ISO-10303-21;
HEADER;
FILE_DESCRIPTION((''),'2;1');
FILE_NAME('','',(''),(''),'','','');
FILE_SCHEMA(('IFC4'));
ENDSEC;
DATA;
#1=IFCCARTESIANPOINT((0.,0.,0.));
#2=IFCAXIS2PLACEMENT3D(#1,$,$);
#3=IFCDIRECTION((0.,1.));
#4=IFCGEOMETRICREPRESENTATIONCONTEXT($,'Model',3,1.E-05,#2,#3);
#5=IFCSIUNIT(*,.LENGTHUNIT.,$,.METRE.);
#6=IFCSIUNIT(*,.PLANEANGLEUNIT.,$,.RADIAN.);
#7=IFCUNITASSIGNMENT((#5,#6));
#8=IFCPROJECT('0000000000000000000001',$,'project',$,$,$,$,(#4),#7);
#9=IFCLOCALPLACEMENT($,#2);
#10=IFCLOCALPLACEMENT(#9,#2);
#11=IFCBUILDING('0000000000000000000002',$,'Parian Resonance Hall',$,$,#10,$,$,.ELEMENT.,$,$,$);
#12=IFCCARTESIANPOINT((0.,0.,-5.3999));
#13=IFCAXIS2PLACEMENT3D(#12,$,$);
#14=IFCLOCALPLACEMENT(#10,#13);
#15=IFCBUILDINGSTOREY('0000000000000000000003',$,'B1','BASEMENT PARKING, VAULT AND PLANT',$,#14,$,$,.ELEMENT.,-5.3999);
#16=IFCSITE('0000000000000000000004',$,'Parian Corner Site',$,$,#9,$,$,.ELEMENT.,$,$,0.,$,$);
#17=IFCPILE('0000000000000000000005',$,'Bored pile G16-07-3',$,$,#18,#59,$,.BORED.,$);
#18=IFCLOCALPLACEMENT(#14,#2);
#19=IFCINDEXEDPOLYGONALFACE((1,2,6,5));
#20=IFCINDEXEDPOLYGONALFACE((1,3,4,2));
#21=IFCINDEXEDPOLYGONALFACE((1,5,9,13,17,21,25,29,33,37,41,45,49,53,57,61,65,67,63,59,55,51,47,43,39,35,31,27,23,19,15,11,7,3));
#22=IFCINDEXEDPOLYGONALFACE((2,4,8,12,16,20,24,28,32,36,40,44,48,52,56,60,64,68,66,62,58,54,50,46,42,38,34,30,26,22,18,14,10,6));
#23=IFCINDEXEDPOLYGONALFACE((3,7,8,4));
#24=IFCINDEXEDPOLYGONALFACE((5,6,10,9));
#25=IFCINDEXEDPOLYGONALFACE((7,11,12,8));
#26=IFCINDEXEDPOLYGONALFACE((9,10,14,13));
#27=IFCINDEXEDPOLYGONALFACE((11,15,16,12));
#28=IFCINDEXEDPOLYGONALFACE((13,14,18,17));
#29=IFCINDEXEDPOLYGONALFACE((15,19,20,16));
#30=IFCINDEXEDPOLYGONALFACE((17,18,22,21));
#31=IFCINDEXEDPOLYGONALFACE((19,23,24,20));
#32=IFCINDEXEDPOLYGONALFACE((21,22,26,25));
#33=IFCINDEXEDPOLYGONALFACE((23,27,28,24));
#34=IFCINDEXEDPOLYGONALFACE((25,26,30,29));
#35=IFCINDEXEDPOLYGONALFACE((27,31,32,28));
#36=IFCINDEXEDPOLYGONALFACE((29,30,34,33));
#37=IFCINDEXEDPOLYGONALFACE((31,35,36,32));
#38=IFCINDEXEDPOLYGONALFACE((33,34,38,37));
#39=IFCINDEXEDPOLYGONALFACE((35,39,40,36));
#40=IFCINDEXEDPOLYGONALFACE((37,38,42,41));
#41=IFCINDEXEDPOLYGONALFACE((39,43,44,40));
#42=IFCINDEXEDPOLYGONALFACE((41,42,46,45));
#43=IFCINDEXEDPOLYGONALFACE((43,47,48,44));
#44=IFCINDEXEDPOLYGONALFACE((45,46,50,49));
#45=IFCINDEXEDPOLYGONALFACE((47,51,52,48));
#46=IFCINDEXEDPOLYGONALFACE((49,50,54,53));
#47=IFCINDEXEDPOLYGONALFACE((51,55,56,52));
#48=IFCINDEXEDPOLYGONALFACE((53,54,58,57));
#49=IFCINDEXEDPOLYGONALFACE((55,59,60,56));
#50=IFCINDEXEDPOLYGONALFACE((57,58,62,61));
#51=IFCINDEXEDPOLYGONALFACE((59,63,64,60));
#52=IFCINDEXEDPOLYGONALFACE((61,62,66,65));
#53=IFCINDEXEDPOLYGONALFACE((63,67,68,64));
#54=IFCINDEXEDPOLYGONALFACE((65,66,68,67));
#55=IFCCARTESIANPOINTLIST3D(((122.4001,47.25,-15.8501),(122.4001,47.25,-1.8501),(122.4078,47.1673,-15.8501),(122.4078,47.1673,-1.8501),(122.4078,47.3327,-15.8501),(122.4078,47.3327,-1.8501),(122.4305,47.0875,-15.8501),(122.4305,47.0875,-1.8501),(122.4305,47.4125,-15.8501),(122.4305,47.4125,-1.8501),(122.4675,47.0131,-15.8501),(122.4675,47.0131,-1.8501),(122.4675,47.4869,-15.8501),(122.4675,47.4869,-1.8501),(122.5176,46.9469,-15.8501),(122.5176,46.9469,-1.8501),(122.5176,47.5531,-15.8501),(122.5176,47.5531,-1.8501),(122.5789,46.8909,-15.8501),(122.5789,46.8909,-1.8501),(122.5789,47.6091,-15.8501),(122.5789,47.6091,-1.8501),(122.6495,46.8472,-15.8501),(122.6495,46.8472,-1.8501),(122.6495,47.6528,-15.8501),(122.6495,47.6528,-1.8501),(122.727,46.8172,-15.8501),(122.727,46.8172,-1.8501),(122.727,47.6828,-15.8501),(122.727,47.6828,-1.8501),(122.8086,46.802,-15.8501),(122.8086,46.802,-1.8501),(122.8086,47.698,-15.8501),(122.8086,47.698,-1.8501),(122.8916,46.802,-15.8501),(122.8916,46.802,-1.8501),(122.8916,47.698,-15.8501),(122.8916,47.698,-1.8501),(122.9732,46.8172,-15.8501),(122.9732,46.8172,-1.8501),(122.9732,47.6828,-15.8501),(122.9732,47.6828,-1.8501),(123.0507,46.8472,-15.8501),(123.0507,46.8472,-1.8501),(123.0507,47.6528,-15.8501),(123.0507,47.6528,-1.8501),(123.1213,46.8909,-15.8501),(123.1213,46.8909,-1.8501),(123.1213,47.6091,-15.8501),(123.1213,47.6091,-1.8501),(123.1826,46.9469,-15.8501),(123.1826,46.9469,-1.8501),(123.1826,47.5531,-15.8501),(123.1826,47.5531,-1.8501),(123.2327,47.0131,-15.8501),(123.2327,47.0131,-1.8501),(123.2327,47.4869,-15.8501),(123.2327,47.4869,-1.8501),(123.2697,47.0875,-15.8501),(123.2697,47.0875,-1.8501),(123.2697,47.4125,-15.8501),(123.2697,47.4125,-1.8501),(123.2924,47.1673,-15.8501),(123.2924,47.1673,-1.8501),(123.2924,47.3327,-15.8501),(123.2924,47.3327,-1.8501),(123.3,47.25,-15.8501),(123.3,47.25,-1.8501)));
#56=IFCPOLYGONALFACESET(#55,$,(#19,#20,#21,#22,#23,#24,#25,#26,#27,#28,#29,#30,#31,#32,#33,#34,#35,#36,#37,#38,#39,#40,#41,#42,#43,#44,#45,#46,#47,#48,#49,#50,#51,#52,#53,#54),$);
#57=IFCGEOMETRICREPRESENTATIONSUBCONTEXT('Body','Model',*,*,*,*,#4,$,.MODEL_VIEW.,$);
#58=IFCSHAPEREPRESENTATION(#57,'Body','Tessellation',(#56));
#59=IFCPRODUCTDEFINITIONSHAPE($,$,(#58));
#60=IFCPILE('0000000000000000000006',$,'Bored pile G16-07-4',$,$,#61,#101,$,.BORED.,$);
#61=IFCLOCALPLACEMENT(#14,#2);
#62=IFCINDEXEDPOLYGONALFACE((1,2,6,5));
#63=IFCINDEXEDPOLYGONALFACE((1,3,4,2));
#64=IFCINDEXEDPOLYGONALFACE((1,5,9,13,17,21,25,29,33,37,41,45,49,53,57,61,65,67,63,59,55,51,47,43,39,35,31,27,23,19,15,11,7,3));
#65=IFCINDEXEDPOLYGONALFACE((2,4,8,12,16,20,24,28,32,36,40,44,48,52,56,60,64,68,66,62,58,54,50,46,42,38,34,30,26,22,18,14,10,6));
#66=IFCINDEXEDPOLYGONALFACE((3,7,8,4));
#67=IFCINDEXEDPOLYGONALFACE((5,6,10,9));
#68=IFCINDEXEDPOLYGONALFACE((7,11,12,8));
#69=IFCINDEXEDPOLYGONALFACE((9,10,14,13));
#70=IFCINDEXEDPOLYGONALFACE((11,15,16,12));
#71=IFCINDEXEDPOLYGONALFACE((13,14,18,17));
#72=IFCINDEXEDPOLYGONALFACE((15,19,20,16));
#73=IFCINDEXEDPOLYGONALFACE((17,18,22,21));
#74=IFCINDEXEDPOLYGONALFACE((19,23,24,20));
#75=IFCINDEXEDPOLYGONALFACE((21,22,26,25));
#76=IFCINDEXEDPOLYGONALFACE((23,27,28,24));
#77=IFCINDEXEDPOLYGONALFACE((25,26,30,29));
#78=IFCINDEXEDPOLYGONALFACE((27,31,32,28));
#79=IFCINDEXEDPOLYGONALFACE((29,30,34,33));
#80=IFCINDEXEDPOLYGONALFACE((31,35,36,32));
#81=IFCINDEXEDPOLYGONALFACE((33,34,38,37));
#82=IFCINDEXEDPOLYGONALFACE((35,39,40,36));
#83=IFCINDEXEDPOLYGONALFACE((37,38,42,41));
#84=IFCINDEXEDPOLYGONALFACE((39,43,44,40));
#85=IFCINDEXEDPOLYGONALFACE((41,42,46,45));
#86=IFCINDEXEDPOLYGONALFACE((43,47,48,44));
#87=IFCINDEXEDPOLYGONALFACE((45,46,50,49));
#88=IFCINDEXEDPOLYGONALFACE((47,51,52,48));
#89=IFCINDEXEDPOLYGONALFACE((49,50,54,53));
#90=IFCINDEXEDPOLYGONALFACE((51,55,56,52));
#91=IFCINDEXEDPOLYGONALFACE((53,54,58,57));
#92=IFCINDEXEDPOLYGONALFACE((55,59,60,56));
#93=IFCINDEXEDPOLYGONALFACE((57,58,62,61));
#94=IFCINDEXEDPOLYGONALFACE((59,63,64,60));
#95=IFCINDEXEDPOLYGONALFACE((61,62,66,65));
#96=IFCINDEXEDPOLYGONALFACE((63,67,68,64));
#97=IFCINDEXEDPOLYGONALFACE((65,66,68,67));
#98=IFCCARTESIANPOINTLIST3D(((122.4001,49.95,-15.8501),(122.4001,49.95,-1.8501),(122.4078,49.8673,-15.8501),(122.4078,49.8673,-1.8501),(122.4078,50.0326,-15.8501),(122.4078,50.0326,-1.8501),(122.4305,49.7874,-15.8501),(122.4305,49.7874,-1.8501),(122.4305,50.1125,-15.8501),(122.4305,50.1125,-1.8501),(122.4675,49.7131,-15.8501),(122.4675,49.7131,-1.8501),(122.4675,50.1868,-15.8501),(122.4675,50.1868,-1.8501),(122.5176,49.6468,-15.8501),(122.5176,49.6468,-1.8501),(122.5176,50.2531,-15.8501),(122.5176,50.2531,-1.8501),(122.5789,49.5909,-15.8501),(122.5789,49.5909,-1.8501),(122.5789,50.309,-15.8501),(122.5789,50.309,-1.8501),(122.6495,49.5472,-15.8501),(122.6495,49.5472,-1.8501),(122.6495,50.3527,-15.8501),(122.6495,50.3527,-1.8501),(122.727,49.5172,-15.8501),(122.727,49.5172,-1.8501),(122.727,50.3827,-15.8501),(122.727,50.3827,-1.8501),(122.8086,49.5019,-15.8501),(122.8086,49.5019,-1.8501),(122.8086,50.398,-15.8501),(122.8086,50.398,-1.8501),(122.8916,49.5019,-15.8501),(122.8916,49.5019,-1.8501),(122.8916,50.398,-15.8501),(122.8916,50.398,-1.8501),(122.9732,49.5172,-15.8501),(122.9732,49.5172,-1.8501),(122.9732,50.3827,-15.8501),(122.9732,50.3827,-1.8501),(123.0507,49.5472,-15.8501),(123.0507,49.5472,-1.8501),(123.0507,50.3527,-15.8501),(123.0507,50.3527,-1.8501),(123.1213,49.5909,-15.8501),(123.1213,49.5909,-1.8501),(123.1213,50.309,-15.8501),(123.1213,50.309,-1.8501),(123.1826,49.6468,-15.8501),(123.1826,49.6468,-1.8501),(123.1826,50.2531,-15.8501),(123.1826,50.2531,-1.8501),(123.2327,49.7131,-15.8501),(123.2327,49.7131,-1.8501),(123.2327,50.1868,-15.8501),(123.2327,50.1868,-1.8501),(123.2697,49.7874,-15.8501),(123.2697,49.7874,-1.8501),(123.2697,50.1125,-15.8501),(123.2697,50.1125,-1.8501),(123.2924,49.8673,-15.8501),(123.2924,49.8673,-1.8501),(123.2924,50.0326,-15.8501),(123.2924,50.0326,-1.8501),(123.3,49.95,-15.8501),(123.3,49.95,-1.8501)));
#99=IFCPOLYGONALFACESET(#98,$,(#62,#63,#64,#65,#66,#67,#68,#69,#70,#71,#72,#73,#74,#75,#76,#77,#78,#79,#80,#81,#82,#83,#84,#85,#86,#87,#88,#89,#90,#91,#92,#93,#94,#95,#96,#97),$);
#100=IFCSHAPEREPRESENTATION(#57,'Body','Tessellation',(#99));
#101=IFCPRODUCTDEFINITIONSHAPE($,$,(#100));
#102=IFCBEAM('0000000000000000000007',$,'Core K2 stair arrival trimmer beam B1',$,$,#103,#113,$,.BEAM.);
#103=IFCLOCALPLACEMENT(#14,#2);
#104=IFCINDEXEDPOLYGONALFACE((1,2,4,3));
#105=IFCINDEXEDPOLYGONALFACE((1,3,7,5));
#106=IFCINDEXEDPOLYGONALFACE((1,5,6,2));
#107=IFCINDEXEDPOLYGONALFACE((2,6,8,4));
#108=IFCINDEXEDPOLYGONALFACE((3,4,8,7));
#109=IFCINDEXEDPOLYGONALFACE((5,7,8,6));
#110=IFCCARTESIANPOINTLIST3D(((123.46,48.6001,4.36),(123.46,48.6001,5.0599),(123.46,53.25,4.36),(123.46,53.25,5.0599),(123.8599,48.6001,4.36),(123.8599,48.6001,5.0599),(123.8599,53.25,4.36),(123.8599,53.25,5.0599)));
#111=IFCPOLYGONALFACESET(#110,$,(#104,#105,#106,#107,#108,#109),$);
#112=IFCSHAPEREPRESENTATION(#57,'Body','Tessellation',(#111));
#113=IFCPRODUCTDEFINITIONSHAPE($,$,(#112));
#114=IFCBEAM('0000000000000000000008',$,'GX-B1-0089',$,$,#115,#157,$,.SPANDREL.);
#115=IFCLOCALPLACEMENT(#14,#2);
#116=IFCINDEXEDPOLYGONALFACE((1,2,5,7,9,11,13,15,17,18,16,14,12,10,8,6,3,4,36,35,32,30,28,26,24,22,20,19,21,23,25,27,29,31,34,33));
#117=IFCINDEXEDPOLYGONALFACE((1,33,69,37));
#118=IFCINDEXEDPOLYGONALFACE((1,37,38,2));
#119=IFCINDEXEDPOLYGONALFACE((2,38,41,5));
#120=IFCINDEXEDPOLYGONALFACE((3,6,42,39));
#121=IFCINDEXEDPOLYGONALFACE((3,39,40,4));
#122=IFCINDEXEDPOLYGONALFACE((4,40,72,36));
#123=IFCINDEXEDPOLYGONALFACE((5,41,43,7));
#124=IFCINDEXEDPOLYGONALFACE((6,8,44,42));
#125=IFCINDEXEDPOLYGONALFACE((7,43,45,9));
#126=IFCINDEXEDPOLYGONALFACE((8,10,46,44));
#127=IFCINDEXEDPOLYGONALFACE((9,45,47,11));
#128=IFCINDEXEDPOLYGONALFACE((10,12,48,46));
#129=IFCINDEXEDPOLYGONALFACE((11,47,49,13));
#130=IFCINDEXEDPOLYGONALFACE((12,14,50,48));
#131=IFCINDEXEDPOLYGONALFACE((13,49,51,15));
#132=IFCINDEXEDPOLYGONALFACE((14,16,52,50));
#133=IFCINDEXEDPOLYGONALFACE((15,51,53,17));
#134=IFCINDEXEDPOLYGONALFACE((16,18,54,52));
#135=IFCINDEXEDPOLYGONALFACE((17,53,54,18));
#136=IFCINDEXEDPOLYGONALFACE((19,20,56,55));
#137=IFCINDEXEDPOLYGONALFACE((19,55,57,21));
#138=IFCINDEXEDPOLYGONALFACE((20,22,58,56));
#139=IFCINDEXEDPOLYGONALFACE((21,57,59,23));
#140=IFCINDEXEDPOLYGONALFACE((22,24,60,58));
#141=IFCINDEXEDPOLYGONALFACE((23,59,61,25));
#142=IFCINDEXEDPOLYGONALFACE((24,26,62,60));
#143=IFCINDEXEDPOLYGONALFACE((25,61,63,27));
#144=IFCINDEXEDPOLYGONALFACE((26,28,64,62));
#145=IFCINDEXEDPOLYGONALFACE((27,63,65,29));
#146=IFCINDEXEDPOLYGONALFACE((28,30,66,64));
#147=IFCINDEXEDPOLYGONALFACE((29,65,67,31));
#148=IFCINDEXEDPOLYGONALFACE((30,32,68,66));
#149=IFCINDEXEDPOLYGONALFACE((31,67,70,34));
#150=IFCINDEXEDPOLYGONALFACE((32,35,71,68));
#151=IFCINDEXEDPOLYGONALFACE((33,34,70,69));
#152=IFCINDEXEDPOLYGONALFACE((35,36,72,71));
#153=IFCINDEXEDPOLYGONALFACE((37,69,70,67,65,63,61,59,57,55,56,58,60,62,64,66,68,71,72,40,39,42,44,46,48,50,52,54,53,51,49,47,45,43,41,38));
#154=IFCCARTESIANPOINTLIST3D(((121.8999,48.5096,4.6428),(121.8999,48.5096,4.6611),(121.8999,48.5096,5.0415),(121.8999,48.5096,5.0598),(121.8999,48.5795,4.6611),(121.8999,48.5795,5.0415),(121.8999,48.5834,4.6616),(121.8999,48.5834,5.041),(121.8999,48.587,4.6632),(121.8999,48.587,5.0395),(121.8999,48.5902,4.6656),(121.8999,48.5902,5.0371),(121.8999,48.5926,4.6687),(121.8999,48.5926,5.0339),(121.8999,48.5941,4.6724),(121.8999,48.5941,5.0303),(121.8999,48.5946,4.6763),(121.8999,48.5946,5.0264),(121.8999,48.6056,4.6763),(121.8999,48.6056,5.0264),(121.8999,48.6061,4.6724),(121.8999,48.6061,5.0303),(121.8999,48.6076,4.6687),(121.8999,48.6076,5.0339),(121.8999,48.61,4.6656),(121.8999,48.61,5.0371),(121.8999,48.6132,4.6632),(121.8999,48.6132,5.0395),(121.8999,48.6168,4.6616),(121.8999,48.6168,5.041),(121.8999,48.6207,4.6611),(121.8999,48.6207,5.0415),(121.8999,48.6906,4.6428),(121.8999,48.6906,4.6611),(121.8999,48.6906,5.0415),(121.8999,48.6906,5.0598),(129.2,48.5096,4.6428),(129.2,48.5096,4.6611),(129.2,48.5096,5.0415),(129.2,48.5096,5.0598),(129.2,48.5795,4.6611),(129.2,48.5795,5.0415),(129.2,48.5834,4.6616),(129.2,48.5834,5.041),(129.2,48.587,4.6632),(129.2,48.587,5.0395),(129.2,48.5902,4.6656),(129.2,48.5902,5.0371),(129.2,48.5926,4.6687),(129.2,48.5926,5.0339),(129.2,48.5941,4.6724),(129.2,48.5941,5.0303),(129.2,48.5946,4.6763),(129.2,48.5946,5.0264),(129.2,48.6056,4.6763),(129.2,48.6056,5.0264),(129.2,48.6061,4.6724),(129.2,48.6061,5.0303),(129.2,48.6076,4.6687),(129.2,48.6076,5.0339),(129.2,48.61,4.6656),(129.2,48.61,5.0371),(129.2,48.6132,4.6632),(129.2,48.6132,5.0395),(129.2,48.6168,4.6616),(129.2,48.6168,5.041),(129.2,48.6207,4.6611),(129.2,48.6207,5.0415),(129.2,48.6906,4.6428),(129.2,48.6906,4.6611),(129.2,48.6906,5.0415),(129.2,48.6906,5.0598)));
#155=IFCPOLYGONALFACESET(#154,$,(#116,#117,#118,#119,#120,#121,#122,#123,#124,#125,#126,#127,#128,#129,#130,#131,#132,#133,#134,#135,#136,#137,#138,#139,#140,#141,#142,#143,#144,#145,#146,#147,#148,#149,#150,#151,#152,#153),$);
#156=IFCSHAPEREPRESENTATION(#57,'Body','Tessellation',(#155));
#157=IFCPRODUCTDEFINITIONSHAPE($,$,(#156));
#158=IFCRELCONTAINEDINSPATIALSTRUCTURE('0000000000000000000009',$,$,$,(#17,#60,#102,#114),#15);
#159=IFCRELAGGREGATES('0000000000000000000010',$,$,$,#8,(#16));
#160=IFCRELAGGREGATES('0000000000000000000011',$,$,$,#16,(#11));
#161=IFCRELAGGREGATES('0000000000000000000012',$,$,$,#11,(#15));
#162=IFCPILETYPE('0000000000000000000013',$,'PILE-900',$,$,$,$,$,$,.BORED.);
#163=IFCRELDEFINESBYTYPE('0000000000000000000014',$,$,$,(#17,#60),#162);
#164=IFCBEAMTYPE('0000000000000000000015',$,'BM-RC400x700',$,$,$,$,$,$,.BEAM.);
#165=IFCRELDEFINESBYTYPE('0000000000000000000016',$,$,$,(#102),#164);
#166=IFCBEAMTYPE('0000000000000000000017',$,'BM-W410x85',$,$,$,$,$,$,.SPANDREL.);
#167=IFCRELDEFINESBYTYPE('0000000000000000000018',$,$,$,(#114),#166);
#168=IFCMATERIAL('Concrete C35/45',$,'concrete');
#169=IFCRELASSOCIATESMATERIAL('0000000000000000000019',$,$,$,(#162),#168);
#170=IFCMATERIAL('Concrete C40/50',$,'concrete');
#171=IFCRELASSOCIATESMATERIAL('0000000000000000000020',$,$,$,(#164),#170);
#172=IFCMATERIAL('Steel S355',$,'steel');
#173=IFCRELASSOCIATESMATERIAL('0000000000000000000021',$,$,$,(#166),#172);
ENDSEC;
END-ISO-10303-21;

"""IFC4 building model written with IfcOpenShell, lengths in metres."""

from ifc_helpers import new_model, si_unit, direction, frame, origin, origin_2d, place, context, subcontext, project, spatial, rectangle, circle, i_section, extrude, material, material_profile, profile_set, type_object, element, save


model = new_model("IFC4")

# Units and contexts
model_context = context("Model", 3, precision=1e-05, world=origin(), true_north=direction((0.0, 1.0)))
body_context = subcontext(model_context, "Body", "Model", "MODEL_VIEW")
ifc_project = project(units=[si_unit("LENGTHUNIT", "METRE"), si_unit("PLANEANGLEUNIT", "RADIAN")], contexts=[model_context])

# Site, building, storey
site_placement = place(None, origin())
site = spatial("IfcSite", under=ifc_project, at=site_placement, Name="Parian Corner Site", CompositionType="ELEMENT", RefElevation=0.0)
building_placement = place(site_placement, origin())
building = spatial("IfcBuilding", under=site, at=building_placement, Name="Parian Resonance Hall", CompositionType="ELEMENT")
storey_placement = place(building_placement, frame((0.0, 0.0, -5.3999)))
storey = spatial("IfcBuildingStorey", under=building, at=storey_placement, Name="B1", Description="BASEMENT PARKING, VAULT AND PLANT", CompositionType="ELEMENT", Elevation=-5.3999)

# Piles
ifc_material_1 = material(Name="Concrete C35/45", Category="concrete")
ifc_material_profile_1 = material_profile(ifc_material_1, circle(Radius=0.45, at=origin_2d()), Name="PILE-D900")
ifc_profile_set_1 = profile_set([ifc_material_profile_1], Name="Concrete C35/45")
pile_type_1 = type_object("IfcPileType", Name="PILE-900", PredefinedType="BORED", material=ifc_profile_set_1)
for number, where, z_axis, x_axis, name in (
    (1, (122.8501, 47.25, -1.8501), (0.0, 0.0, -1.0), (1.0, 0.0, 0.0), "Bored pile G16-07-3"),
    (2, (122.8501, 49.95, -1.8501), (0.0, 0.0, -1.0), (1.0, 0.0, 0.0), "Bored pile G16-07-4"),
):
    element("IfcPile", number, at=place(storey_placement, frame(where, z_axis=z_axis, x_axis=x_axis)), inside=storey, type_object=pile_type_1, Name=name, PredefinedType="BORED", context=body_context, shape_type="SweptSolid", body=[
        extrude(circle(Radius=0.45, at=origin_2d()), origin(), (0.0, 0.0, 1.0), 14.0),
    ])

# Beams
ifc_material_2 = material(Name="Concrete C40/50", Category="concrete")
ifc_material_profile_2 = material_profile(ifc_material_2, rectangle(XDim=0.3999, YDim=0.7, at=origin_2d()), Name="RC-BM-400x700")
ifc_profile_set_2 = profile_set([ifc_material_profile_2], Name="Concrete C40/50")
beam_type_1 = type_object("IfcBeamType", Name="BM-RC400x700", PredefinedType="BEAM", material=ifc_profile_set_2)
beam_1_placement = place(storey_placement, frame((123.6599, 48.6001, 4.71), z_axis=(0.0, 1.0, 0.0), x_axis=(-1.0, 0.0, 0.0)))
element("IfcBeam", 3, at=beam_1_placement, inside=storey, type_object=beam_type_1, Name="Core K2 stair arrival trimmer beam B1", PredefinedType="BEAM", context=body_context, shape_type="SweptSolid", body=[
    extrude(rectangle(XDim=0.3999, YDim=0.7, at=origin_2d()), origin(), (0.0, 0.0, 1.0), 4.6499),
])
ifc_material_3 = material(Name="Steel S355", Category="steel")
ifc_material_profile_3 = material_profile(ifc_material_3, i_section(OverallWidth=0.1809, OverallDepth=0.417, WebThickness=0.011, FlangeThickness=0.0183, FilletRadius=0.0151, at=origin_2d()), Name="W410x85")
ifc_profile_set_3 = profile_set([ifc_material_profile_3], Name="Steel S355")
beam_type_2 = type_object("IfcBeamType", Name="BM-W410x85", PredefinedType="SPANDREL", material=ifc_profile_set_3)
beam_2_placement = place(storey_placement, frame((121.8999, 48.6001, 4.8513), z_axis=(1.0, 0.0, 0.0), x_axis=(0.0, 1.0, 0.0)))
element("IfcBeam", 4, at=beam_2_placement, inside=storey, type_object=beam_type_2, Name="GX-B1-0089", PredefinedType="SPANDREL", context=body_context, shape_type="SweptSolid", body=[
    extrude(i_section(OverallWidth=0.1809, OverallDepth=0.417, WebThickness=0.011, FlangeThickness=0.0183, FilletRadius=0.0151, at=origin_2d()), origin(), (0.0, 0.0, 1.0), 7.3),
])

save(model, "model.ifc")
